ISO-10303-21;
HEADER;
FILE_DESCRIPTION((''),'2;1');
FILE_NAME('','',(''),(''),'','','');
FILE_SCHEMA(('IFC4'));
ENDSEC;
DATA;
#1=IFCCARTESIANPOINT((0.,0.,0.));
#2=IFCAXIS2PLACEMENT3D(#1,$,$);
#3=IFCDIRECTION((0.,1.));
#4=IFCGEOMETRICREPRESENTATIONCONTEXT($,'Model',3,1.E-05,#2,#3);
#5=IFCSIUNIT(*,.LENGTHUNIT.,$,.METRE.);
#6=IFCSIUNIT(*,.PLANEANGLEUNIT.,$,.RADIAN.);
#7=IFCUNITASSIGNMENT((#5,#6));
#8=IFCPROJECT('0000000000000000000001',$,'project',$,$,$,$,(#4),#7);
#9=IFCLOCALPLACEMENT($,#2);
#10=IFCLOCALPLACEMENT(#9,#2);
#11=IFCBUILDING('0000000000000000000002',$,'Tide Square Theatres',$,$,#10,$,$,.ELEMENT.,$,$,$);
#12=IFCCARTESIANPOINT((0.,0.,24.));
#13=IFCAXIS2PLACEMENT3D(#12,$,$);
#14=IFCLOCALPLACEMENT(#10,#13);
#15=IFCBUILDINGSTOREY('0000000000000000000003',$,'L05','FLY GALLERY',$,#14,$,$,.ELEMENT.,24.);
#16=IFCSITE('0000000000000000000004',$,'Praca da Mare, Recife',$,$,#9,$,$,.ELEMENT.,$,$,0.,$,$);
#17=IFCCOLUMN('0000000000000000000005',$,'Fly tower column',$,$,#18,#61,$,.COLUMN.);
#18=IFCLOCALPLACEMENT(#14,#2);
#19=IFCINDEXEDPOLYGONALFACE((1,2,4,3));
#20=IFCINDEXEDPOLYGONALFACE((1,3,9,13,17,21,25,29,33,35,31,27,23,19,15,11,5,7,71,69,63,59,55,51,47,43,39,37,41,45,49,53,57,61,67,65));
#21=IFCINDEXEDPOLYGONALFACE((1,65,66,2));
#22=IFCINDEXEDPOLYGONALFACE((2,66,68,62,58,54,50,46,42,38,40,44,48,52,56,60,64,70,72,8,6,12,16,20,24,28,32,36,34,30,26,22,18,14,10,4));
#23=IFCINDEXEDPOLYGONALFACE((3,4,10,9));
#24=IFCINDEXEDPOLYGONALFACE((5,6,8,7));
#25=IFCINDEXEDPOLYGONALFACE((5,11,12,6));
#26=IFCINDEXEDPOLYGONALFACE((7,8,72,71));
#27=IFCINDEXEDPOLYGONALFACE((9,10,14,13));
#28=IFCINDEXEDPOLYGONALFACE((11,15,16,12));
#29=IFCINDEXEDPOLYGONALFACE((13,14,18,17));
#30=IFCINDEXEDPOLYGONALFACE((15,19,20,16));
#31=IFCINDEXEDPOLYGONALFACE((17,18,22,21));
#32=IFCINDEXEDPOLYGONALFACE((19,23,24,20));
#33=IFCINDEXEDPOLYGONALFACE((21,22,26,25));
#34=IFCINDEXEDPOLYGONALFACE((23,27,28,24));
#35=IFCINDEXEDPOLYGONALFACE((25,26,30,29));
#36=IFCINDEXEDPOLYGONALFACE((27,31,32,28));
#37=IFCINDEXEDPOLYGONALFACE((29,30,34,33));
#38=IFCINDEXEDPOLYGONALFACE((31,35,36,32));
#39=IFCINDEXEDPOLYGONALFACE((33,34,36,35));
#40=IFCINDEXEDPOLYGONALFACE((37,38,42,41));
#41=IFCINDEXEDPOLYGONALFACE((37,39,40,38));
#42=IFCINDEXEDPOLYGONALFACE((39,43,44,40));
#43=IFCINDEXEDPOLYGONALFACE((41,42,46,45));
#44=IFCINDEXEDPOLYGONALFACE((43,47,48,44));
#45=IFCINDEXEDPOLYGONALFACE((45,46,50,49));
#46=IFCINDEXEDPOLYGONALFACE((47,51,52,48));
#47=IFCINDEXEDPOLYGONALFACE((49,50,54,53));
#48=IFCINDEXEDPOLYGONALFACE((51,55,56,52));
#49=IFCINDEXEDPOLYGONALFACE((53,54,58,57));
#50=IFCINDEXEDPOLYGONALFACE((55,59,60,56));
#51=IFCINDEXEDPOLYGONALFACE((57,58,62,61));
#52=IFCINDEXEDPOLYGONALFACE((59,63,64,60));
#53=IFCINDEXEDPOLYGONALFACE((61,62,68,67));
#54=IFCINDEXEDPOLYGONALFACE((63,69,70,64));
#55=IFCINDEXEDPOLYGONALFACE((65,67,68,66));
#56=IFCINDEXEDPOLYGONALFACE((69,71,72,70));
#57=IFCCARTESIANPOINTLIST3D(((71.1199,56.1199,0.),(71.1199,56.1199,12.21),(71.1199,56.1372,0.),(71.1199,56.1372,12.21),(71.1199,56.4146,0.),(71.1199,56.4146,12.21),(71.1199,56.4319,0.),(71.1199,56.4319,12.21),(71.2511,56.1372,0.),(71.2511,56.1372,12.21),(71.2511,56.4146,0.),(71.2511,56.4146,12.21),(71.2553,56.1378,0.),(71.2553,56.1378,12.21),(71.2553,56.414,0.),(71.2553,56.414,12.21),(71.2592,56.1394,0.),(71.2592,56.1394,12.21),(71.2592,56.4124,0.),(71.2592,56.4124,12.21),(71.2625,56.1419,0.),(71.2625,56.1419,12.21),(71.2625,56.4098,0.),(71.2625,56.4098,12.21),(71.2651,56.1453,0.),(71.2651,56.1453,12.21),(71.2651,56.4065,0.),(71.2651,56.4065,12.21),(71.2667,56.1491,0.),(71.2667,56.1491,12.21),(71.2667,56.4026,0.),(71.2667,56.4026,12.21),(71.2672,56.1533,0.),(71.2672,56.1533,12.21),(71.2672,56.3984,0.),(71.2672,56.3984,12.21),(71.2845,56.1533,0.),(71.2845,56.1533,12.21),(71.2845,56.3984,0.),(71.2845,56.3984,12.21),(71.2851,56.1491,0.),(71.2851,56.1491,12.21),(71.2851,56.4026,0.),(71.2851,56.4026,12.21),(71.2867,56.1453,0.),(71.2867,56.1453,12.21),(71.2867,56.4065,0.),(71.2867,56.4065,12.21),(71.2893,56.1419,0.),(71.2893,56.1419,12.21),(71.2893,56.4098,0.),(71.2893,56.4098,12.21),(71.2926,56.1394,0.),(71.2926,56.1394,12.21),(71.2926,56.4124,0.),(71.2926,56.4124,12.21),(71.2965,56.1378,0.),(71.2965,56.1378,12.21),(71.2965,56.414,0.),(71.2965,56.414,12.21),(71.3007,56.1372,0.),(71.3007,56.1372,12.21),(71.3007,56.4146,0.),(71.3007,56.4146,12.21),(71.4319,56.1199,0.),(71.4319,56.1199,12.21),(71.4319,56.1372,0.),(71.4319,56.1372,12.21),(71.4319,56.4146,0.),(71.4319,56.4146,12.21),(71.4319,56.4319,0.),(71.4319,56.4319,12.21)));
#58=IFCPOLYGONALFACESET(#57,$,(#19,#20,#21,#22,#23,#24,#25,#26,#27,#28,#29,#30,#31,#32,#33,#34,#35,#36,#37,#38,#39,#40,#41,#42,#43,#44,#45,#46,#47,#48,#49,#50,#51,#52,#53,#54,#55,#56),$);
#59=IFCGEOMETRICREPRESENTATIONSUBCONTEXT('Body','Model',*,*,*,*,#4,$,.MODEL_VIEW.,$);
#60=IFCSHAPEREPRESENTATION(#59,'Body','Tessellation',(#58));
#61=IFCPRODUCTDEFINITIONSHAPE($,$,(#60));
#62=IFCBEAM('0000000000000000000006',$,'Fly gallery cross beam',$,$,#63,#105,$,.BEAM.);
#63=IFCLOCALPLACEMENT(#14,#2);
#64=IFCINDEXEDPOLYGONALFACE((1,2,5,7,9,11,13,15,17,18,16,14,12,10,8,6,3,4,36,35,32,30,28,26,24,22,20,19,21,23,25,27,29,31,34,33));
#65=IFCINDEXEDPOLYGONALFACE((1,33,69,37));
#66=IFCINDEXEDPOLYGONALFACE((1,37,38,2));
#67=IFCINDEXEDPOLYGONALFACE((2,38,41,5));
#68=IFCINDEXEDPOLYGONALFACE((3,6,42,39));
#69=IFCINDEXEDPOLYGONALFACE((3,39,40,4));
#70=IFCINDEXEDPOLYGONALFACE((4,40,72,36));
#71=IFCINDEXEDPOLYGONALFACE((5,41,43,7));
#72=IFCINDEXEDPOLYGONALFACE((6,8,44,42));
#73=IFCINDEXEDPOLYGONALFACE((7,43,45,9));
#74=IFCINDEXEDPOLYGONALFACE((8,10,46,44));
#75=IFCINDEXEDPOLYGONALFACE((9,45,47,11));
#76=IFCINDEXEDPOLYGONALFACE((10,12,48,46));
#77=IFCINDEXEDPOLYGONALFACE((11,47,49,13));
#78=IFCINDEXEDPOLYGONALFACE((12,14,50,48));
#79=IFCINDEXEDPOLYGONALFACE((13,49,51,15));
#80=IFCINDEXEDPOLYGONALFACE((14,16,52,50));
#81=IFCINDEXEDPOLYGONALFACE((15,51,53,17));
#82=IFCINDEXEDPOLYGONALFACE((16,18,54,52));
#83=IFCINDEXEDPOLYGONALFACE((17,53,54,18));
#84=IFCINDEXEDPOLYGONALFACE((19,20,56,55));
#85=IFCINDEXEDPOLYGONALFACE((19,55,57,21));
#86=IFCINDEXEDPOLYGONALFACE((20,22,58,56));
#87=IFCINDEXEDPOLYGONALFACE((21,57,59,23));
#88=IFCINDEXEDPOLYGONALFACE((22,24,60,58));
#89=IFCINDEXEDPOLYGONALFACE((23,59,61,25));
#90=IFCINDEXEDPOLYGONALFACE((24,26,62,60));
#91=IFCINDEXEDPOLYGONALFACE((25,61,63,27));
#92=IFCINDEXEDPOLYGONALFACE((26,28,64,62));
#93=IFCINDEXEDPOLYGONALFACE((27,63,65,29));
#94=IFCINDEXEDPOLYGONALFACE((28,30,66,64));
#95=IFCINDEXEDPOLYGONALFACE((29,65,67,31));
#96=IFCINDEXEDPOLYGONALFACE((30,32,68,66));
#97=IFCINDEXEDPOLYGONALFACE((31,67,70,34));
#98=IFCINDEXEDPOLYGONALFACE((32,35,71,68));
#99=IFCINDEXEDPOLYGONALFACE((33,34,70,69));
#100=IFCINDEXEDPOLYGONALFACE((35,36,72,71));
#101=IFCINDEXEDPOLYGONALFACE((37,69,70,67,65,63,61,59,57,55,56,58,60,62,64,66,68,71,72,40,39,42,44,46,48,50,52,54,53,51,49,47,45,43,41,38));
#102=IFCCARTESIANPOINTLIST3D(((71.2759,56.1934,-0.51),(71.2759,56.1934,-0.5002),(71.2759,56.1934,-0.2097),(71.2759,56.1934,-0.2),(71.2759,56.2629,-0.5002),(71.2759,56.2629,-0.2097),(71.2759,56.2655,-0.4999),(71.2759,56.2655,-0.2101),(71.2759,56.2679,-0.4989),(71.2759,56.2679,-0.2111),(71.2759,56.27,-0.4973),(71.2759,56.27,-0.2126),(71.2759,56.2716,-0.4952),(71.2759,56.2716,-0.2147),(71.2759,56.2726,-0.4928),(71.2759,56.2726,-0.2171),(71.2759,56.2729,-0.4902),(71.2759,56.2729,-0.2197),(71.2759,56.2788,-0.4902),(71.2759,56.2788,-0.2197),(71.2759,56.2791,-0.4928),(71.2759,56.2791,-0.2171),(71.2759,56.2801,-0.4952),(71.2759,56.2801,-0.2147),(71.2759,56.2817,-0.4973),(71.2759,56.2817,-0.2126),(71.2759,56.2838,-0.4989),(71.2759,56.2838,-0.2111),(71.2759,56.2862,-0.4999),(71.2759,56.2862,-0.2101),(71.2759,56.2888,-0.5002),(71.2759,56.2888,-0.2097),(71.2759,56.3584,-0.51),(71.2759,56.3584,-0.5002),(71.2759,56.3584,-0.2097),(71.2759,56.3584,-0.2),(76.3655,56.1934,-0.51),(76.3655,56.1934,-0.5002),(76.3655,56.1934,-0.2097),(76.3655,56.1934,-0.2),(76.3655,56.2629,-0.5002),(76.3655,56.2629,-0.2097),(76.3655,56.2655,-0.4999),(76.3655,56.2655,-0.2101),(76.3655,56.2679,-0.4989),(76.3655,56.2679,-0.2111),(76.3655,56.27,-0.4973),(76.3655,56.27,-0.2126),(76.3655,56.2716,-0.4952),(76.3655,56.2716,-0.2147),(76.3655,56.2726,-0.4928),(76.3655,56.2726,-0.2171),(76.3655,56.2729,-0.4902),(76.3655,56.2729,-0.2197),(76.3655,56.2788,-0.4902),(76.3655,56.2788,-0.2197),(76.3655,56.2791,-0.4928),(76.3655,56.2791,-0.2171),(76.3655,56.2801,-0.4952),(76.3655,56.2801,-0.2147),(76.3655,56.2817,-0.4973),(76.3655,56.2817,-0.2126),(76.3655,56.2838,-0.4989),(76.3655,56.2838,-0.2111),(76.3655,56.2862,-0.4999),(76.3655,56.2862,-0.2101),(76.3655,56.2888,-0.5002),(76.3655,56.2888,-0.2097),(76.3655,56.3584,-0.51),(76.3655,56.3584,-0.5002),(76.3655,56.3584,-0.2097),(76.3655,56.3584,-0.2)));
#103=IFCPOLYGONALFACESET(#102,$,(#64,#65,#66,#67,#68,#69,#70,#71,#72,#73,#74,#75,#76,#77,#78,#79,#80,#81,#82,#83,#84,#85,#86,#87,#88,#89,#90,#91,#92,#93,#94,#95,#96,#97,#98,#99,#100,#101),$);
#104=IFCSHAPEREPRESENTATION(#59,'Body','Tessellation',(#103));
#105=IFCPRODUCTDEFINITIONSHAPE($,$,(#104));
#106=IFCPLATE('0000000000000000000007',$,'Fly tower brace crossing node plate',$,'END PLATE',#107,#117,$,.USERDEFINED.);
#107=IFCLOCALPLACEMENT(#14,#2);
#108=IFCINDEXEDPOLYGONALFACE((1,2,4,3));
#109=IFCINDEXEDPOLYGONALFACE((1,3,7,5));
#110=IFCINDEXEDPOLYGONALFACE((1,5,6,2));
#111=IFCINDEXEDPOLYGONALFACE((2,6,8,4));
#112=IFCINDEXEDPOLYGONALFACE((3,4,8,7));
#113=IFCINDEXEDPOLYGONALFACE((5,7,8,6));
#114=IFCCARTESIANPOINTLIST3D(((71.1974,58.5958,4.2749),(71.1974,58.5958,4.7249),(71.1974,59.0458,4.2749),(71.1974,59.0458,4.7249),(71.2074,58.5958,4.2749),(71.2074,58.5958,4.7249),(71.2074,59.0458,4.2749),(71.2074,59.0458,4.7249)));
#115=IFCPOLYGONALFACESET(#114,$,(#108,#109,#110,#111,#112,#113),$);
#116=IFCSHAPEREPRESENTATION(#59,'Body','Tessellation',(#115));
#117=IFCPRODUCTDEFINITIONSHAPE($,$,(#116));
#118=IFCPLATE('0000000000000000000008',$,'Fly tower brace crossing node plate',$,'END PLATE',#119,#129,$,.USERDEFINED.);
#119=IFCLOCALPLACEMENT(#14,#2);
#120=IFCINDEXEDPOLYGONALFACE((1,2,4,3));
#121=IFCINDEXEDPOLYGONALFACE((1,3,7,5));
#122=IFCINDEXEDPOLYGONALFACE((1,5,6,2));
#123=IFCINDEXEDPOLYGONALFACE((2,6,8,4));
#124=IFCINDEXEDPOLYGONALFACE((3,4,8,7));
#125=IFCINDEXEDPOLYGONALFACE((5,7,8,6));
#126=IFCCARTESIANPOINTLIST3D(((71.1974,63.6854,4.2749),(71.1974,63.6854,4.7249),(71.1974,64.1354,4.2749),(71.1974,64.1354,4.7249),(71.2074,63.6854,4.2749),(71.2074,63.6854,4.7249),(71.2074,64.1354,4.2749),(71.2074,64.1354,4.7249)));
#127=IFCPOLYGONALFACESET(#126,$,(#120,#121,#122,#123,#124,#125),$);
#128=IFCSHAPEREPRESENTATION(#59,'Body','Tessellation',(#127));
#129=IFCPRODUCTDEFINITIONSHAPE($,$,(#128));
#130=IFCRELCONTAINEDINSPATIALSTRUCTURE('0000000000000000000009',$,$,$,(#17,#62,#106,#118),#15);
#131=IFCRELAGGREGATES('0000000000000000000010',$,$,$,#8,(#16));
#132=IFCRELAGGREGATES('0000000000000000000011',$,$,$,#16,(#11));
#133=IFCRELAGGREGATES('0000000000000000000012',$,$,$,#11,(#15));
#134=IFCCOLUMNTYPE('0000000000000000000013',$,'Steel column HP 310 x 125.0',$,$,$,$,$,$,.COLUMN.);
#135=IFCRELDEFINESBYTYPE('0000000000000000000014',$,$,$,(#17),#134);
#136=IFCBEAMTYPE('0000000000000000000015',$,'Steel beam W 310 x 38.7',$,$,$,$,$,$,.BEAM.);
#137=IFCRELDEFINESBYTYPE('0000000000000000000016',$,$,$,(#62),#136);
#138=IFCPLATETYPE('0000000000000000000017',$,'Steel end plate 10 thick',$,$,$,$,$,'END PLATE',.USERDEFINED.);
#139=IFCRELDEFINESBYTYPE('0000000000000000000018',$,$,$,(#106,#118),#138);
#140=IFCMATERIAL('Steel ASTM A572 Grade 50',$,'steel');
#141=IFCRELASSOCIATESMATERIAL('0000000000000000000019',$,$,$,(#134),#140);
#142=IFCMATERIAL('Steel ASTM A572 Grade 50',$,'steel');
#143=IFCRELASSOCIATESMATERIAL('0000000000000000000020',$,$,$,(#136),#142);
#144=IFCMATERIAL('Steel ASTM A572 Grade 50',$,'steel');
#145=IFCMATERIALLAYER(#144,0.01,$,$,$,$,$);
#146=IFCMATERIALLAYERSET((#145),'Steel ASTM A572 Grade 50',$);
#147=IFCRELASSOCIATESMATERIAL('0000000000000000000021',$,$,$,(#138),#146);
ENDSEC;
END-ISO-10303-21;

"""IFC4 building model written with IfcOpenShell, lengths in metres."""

from ifc_helpers import new_model, si_unit, direction, frame, origin, origin_2d, place, context, subcontext, project, spatial, rectangle, i_section, extrude, material, layer, layer_set, material_profile, profile_set, type_object, element, save


model = new_model("IFC4")

# Units and contexts
model_context = context("Model", 3, precision=1e-05, world=origin(), true_north=direction((0.0, 1.0)))
body_context = subcontext(model_context, "Body", "Model", "MODEL_VIEW")
ifc_project = project(units=[si_unit("LENGTHUNIT", "METRE"), si_unit("PLANEANGLEUNIT", "RADIAN")], contexts=[model_context])

# Site, building, storey
site_placement = place(None, origin())
site = spatial("IfcSite", under=ifc_project, at=site_placement, Name="Praca da Mare, Recife", CompositionType="ELEMENT", RefElevation=0.0)
building_placement = place(site_placement, origin())
building = spatial("IfcBuilding", under=site, at=building_placement, Name="Tide Square Theatres", CompositionType="ELEMENT")
storey_placement = place(building_placement, frame((0.0, 0.0, 24.0)))
storey = spatial("IfcBuildingStorey", under=building, at=storey_placement, Name="L05", Description="FLY GALLERY", CompositionType="ELEMENT", Elevation=24.0)

# Column
ifc_material_1 = material(Name="Steel ASTM A572 Grade 50", Category="steel")
ifc_material_profile_1 = material_profile(ifc_material_1, i_section(OverallWidth=0.312, OverallDepth=0.312, WebThickness=0.0173, FlangeThickness=0.0173, FilletRadius=0.0161, at=origin_2d()))
ifc_profile_set_1 = profile_set([ifc_material_profile_1], Name="Steel ASTM A572 Grade 50")
column_type = type_object("IfcColumnType", Name="Steel column HP 310 x 125.0", PredefinedType="COLUMN", material=ifc_profile_set_1)
column_placement = place(storey_placement, frame((71.2759, 56.2759, 0.0), z_axis=(0.0, 0.0, 1.0), x_axis=(1.0, 0.0, 0.0)))
element("IfcColumn", 1, at=column_placement, inside=storey, type_object=column_type, Name="Fly tower column", PredefinedType="COLUMN", context=body_context, shape_type="SweptSolid", body=[
    extrude(i_section(OverallWidth=0.312, OverallDepth=0.312, WebThickness=0.0173, FlangeThickness=0.0173, FilletRadius=0.0161, at=origin_2d()), origin(), (0.0, 0.0, 1.0), 12.21),
])

# Beam
ifc_material_2 = material(Name="Steel ASTM A572 Grade 50", Category="steel")
ifc_material_profile_2 = material_profile(ifc_material_2, i_section(OverallWidth=0.165, OverallDepth=0.3101, WebThickness=0.0059, FlangeThickness=0.0098, FilletRadius=0.01, at=origin_2d()))
ifc_profile_set_2 = profile_set([ifc_material_profile_2], Name="Steel ASTM A572 Grade 50")
beam_type = type_object("IfcBeamType", Name="Steel beam W 310 x 38.7", PredefinedType="BEAM", material=ifc_profile_set_2)
beam_placement = place(storey_placement, frame((71.2759, 56.2759, -0.355), z_axis=(1.0, 0.0, 0.0), x_axis=(0.0, 1.0, 0.0)))
element("IfcBeam", 2, at=beam_placement, inside=storey, type_object=beam_type, Name="Fly gallery cross beam", PredefinedType="BEAM", context=body_context, shape_type="SweptSolid", body=[
    extrude(i_section(OverallWidth=0.165, OverallDepth=0.3101, WebThickness=0.0059, FlangeThickness=0.0098, FilletRadius=0.01, at=origin_2d()), origin(), (0.0, 0.0, 1.0), 5.0896),
])

# Plates
ifc_material_3 = material(Name="Steel ASTM A572 Grade 50", Category="steel")
ifc_layer = layer(ifc_material_3, 0.01)
ifc_layer_set = layer_set([ifc_layer], Name="Steel ASTM A572 Grade 50")
plate_type = type_object("IfcPlateType", Name="Steel end plate 10 thick", ElementType="END PLATE", PredefinedType="USERDEFINED", material=ifc_layer_set)
for number, where, z_axis, x_axis, name in (
    (3, (71.2024, 58.8208, 4.2749), (0.0, 0.0, 1.0), (-1.0, 0.0, 0.0), "Fly tower brace crossing node plate"),
    (4, (71.2024, 63.9104, 4.2749), (0.0, 0.0, 1.0), (-1.0, 0.0, 0.0), "Fly tower brace crossing node plate"),
):
    element("IfcPlate", number, at=place(storey_placement, frame(where, z_axis=z_axis, x_axis=x_axis)), inside=storey, type_object=plate_type, Name=name, ObjectType="END PLATE", PredefinedType="USERDEFINED", context=body_context, shape_type="SweptSolid", body=[
        extrude(rectangle(XDim=0.01, YDim=0.45, at=origin_2d()), origin(), (0.0, 0.0, 1.0), 0.45),
    ])

save(model, "model.ifc")
